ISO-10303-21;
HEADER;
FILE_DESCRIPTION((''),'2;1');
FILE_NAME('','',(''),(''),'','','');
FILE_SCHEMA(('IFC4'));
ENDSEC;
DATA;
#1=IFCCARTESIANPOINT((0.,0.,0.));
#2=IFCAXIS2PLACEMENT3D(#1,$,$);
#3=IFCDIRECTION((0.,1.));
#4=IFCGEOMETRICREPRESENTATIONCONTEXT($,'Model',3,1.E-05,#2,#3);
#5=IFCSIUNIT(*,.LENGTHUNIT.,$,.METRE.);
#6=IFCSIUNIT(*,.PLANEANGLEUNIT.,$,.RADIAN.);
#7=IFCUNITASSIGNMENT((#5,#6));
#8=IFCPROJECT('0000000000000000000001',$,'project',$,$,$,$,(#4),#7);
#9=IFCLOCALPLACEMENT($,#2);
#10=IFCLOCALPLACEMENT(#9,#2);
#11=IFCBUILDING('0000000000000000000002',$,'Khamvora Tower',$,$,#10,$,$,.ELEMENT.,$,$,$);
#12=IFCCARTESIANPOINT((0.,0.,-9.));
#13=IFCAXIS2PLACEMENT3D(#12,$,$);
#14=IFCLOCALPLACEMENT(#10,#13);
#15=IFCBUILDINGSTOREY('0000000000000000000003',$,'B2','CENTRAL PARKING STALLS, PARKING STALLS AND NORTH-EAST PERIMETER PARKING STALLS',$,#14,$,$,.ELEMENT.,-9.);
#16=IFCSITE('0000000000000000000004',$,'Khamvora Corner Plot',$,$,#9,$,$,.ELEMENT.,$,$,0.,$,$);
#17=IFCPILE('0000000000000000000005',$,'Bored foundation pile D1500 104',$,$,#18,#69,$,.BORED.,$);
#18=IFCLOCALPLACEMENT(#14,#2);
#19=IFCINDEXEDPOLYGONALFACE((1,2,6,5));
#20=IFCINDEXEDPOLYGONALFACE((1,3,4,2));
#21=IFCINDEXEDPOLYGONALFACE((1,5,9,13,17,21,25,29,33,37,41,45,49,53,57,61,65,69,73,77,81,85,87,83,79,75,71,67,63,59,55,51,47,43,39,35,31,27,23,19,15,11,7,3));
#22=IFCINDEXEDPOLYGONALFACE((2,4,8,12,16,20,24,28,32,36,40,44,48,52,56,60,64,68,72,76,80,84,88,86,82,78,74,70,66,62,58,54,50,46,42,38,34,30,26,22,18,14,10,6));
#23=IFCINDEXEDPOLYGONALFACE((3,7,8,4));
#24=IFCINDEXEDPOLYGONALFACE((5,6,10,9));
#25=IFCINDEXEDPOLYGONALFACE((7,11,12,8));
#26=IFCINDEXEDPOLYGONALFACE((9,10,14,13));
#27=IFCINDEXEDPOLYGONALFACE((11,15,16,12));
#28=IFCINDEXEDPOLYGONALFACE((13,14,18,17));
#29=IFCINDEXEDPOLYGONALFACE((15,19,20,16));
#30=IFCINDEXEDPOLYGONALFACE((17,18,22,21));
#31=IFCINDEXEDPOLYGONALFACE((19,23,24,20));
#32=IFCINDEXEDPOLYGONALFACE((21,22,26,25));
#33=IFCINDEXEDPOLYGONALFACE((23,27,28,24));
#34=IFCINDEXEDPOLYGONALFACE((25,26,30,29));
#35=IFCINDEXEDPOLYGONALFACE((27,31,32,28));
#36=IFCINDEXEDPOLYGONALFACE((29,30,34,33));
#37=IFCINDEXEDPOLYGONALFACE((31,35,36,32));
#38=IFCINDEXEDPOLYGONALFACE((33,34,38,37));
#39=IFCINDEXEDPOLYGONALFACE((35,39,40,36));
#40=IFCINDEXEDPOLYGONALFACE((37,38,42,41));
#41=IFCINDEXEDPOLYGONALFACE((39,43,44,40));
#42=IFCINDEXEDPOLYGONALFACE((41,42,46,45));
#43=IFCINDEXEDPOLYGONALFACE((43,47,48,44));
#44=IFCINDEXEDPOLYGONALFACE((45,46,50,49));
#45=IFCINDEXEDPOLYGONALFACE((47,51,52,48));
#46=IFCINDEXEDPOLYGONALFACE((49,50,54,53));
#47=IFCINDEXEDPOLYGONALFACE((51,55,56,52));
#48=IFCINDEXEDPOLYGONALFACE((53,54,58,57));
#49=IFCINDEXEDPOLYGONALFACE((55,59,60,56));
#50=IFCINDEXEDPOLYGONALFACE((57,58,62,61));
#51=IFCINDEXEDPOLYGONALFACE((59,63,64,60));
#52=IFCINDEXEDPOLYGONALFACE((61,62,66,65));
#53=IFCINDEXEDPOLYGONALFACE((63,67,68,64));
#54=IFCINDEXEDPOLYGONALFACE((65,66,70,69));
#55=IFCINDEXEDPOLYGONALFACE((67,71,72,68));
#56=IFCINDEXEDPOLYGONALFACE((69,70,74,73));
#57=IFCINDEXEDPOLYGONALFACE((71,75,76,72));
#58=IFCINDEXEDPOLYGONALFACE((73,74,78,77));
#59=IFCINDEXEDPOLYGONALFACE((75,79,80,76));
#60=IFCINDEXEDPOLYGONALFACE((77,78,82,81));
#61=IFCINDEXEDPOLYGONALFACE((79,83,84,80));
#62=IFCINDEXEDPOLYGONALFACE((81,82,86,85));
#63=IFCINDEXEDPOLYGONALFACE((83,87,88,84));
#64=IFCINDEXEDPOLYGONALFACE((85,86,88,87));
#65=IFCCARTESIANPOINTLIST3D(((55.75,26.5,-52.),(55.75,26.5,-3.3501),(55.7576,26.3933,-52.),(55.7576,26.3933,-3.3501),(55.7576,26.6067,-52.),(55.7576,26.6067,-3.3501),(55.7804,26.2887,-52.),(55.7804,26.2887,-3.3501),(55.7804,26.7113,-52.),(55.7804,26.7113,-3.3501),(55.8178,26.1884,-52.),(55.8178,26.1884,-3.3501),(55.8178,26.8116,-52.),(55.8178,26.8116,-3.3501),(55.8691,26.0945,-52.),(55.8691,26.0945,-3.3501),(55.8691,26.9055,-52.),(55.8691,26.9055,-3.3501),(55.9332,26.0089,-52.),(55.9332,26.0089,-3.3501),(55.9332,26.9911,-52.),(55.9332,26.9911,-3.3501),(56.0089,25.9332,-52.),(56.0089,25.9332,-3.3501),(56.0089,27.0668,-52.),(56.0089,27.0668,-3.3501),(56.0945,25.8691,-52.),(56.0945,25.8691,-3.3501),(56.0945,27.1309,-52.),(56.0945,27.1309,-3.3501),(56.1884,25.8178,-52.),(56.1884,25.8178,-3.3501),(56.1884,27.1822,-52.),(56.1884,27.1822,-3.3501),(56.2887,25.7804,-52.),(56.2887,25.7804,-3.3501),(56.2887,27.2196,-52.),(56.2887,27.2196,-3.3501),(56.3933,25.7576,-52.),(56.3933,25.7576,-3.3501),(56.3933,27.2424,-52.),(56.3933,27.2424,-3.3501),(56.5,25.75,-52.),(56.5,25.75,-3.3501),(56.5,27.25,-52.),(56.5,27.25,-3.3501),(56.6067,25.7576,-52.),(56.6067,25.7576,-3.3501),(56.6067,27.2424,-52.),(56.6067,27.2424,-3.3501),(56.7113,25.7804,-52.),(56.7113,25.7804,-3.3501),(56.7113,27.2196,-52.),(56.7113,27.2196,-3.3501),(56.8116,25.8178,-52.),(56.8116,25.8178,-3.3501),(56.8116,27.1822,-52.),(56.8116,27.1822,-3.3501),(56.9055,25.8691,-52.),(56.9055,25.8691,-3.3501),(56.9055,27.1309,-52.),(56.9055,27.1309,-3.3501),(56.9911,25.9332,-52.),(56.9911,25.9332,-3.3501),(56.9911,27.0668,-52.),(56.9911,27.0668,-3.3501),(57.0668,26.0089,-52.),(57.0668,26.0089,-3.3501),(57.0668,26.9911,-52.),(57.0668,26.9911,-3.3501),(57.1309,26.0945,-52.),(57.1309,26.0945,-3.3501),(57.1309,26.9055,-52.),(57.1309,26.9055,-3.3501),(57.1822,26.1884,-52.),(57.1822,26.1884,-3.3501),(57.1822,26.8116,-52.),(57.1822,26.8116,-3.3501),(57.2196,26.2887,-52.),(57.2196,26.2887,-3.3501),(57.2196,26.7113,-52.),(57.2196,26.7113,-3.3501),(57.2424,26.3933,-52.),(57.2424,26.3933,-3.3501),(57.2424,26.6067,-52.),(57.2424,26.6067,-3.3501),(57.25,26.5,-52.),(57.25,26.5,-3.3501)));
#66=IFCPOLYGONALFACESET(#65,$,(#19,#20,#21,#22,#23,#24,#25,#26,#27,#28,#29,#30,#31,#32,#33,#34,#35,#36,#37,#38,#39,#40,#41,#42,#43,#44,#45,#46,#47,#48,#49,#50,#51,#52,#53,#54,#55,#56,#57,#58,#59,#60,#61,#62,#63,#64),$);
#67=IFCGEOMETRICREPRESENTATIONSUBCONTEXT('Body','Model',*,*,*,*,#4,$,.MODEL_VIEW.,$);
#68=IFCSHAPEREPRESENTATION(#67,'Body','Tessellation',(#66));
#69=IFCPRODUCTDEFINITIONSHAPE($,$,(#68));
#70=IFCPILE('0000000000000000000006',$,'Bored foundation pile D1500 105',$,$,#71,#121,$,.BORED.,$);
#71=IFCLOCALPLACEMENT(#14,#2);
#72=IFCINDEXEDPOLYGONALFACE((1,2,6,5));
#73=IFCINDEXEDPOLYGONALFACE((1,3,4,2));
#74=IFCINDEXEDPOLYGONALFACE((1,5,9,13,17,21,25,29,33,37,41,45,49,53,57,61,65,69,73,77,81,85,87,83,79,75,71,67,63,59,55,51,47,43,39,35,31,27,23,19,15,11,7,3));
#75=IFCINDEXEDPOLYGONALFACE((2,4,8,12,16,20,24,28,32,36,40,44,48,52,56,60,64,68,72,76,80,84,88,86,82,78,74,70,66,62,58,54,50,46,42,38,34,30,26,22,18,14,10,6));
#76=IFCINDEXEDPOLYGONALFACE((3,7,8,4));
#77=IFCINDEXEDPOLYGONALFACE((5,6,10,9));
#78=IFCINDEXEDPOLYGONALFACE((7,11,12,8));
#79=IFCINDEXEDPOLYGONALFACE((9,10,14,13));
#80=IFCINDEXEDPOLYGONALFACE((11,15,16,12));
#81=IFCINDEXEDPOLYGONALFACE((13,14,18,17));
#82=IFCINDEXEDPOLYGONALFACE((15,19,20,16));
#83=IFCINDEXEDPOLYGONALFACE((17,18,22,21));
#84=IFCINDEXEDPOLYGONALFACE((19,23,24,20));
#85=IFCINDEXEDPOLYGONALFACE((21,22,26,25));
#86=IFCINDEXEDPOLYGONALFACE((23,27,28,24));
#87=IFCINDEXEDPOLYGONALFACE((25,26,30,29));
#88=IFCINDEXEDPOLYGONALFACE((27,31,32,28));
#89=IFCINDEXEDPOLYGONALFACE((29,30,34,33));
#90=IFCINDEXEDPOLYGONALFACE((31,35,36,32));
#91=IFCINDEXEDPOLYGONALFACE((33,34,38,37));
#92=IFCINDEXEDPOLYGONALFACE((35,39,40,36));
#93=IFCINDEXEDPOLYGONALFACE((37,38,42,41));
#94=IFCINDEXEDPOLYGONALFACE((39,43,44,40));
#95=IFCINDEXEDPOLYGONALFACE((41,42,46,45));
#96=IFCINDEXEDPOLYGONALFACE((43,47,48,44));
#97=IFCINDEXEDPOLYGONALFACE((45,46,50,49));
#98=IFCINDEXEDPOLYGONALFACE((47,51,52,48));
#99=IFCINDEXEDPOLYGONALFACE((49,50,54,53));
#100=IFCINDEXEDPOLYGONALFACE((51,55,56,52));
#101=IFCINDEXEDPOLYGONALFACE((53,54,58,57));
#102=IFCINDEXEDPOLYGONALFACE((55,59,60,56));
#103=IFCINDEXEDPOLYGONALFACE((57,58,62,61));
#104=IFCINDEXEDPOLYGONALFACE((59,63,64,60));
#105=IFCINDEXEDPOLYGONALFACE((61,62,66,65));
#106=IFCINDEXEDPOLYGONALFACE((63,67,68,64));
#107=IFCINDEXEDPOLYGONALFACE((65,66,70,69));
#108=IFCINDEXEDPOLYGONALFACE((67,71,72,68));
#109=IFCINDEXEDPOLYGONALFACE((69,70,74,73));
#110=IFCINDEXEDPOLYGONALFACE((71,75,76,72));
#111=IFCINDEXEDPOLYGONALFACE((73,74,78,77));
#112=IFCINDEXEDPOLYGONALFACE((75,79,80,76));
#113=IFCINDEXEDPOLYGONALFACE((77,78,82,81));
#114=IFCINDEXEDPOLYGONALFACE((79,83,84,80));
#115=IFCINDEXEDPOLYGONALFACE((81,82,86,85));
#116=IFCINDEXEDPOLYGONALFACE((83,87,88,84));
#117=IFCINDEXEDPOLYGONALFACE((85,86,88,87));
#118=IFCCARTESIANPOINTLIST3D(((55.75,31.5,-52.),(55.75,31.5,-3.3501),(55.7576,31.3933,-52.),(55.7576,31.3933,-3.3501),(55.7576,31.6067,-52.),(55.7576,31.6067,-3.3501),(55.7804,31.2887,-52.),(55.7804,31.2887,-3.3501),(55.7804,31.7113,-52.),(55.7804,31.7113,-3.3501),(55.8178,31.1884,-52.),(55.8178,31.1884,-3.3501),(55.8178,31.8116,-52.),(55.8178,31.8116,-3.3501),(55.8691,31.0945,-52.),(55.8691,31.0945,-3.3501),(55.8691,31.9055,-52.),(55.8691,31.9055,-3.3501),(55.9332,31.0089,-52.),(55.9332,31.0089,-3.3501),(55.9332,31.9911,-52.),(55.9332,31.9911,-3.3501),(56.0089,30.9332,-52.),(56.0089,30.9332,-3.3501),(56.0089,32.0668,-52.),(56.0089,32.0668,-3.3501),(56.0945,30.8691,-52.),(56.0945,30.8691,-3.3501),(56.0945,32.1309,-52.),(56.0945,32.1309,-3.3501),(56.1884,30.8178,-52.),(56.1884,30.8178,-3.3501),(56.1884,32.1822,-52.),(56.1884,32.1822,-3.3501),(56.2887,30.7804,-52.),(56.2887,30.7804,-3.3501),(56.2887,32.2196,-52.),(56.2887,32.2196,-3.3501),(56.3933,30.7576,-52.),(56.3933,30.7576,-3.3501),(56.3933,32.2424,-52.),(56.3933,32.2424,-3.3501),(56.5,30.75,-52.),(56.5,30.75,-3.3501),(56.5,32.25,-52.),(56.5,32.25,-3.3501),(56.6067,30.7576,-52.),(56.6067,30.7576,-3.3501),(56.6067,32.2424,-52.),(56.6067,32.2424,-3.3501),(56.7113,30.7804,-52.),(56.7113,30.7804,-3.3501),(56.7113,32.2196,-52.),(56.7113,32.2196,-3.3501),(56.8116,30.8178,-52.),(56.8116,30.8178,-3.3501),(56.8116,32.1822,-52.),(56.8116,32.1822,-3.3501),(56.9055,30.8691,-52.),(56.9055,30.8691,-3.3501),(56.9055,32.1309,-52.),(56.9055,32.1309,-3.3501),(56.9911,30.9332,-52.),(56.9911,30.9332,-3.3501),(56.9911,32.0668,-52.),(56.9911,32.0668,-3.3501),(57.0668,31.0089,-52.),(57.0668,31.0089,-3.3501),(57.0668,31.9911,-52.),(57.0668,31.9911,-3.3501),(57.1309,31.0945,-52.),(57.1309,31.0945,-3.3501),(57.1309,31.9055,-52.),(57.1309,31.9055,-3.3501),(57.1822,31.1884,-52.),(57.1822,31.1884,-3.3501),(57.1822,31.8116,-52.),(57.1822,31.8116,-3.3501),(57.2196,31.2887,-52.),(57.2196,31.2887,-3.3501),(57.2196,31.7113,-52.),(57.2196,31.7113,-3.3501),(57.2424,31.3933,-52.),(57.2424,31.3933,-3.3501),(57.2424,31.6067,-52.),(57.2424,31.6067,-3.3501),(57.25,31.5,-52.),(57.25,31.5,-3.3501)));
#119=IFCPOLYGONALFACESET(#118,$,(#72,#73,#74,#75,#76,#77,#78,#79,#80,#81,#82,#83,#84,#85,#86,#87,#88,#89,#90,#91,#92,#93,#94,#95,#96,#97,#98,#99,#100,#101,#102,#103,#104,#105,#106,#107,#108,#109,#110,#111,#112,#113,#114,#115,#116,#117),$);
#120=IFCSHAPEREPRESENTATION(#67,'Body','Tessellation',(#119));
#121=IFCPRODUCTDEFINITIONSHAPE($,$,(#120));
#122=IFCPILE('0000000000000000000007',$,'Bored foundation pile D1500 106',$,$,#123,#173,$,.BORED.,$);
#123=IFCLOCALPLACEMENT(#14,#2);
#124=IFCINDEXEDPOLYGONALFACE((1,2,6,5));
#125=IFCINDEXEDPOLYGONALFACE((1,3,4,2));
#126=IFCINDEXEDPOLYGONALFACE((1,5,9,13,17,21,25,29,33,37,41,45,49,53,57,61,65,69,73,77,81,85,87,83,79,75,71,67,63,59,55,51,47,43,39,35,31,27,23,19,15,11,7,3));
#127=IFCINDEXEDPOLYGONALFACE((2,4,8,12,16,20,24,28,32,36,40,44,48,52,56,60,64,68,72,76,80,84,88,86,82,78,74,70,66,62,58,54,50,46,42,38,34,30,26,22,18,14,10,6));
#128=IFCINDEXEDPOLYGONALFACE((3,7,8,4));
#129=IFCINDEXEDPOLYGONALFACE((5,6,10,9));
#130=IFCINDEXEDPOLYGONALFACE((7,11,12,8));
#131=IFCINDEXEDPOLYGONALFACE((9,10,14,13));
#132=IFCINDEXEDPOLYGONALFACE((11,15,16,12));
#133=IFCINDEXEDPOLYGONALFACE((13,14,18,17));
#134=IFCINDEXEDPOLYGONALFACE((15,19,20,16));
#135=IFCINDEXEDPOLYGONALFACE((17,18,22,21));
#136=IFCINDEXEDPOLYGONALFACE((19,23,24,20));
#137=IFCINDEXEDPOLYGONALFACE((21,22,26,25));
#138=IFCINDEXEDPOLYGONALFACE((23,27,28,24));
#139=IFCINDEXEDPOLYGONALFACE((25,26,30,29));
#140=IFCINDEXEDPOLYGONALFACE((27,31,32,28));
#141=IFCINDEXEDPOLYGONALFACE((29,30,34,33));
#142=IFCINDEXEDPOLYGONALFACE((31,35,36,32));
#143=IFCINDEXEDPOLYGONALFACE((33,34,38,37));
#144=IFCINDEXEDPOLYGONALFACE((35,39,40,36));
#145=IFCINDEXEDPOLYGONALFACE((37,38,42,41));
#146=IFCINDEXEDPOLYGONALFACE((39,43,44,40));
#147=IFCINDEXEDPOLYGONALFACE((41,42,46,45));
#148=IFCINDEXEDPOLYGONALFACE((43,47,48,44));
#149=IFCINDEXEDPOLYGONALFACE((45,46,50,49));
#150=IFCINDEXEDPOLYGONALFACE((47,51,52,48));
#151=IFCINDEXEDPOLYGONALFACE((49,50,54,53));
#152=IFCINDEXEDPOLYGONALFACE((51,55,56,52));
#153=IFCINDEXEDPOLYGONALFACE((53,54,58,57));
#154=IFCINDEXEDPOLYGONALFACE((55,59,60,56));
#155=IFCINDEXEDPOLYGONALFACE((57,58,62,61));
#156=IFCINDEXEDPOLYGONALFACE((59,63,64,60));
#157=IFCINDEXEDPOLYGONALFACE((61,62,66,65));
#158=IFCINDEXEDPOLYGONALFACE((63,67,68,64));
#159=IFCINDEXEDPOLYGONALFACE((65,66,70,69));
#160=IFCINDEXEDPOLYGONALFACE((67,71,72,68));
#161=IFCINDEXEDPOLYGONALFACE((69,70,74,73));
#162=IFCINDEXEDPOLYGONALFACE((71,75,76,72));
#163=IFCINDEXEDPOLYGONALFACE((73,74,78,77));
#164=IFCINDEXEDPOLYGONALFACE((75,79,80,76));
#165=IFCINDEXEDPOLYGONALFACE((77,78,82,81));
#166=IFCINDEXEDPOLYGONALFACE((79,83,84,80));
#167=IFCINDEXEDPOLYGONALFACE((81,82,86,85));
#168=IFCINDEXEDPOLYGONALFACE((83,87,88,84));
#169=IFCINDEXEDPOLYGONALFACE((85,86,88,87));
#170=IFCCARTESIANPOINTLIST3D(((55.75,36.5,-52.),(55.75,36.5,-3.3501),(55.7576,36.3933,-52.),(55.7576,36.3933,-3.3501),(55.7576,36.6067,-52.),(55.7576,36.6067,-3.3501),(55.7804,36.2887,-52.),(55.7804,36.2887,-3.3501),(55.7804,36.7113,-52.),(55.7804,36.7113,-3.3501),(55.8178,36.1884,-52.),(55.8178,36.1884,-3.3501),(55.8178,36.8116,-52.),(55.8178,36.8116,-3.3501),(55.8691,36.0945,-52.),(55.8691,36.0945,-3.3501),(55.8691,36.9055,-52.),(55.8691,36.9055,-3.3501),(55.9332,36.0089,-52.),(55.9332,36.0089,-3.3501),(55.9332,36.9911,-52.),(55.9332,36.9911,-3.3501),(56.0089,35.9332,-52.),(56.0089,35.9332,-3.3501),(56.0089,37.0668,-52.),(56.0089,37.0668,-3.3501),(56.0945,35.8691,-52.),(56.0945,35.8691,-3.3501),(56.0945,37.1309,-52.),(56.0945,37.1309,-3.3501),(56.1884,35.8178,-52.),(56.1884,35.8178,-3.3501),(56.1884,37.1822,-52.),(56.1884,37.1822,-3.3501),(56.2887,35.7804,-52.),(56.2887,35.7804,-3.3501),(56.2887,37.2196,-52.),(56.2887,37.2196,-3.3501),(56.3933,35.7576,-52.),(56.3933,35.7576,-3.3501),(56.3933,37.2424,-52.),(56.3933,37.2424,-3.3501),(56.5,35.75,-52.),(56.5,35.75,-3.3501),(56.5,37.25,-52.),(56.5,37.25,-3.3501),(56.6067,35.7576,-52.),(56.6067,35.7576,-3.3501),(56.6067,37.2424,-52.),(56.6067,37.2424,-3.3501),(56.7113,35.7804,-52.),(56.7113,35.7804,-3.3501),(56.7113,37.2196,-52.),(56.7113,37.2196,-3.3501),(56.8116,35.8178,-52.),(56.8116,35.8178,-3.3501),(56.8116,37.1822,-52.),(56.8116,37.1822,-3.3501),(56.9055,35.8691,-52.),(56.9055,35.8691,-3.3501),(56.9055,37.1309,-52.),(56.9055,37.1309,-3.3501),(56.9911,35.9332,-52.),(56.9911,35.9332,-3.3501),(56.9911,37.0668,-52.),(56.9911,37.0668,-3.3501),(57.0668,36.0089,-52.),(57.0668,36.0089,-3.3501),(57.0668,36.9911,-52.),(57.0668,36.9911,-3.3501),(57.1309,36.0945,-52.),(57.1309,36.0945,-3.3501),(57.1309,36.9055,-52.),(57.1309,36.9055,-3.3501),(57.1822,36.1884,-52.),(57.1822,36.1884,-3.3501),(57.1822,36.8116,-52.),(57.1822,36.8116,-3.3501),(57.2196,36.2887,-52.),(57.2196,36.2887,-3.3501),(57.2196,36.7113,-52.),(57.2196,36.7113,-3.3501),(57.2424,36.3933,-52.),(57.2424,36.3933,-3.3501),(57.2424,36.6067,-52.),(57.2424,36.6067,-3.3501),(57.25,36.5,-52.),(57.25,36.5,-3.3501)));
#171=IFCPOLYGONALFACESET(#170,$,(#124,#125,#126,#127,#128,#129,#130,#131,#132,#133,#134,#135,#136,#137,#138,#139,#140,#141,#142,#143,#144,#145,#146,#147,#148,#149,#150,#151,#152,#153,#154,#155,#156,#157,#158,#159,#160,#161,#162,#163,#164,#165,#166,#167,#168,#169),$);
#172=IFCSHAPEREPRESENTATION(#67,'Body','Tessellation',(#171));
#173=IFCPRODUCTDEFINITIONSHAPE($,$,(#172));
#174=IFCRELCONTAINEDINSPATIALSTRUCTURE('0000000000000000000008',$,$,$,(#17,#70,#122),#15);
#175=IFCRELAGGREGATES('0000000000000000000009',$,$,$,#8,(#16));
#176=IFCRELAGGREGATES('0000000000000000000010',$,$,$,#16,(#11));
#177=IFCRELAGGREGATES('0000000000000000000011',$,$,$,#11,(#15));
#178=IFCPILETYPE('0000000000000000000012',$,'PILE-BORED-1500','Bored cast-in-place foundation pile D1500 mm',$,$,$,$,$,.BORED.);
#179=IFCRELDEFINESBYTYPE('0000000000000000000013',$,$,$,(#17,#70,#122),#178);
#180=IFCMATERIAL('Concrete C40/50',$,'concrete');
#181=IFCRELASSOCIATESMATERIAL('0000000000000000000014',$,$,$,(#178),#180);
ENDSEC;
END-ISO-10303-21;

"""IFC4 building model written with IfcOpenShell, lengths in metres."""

from ifc_helpers import new_model, si_unit, direction, frame, origin, origin_2d, place, context, subcontext, project, spatial, circle, extrude, material, material_profile, profile_set, type_object, element, save


model = new_model("IFC4")

# Units and contexts
model_context = context("Model", 3, precision=1e-05, world=origin(), true_north=direction((0.0, 1.0)))
body_context = subcontext(model_context, "Body", "Model", "MODEL_VIEW")
ifc_project = project(units=[si_unit("LENGTHUNIT", "METRE"), si_unit("PLANEANGLEUNIT", "RADIAN")], contexts=[model_context])

# Site, building, storey
site_placement = place(None, origin())
site = spatial("IfcSite", under=ifc_project, at=site_placement, Name="Khamvora Corner Plot", CompositionType="ELEMENT", RefElevation=0.0)
building_placement = place(site_placement, origin())
building = spatial("IfcBuilding", under=site, at=building_placement, Name="Khamvora Tower", CompositionType="ELEMENT")
storey_placement = place(building_placement, frame((0.0, 0.0, -9.0)))
storey = spatial("IfcBuildingStorey", under=building, at=storey_placement, Name="B2", Description="CENTRAL PARKING STALLS, PARKING STALLS AND NORTH-EAST PERIMETER PARKING STALLS", CompositionType="ELEMENT", Elevation=-9.0)

# Piles
ifc_material_1 = material(Name="Concrete C40/50", Category="concrete")
ifc_material_profile_1 = material_profile(ifc_material_1, circle(Radius=0.75, at=origin_2d()), Name="PILE_D1500")
ifc_profile_set_1 = profile_set([ifc_material_profile_1], Name="Concrete C40/50")
pile_type = type_object("IfcPileType", Name="PILE-BORED-1500", Description="Bored cast-in-place foundation pile D1500 mm", PredefinedType="BORED", material=ifc_profile_set_1)
for number, where, z_axis, x_axis, name in (
    (1, (56.5, 26.5, -3.3501), (0.0, 0.0, -1.0), (1.0, 0.0, 0.0), "Bored foundation pile D1500 104"),
    (2, (56.5, 31.5, -3.3501), (0.0, 0.0, -1.0), (1.0, 0.0, 0.0), "Bored foundation pile D1500 105"),
    (3, (56.5, 36.5, -3.3501), (0.0, 0.0, -1.0), (1.0, 0.0, 0.0), "Bored foundation pile D1500 106"),
):
    element("IfcPile", number, at=place(storey_placement, frame(where, z_axis=z_axis, x_axis=x_axis)), inside=storey, type_object=pile_type, Name=name, PredefinedType="BORED", context=body_context, shape_type="SweptSolid", body=[
        extrude(circle(Radius=0.75, at=origin_2d()), origin(), (0.0, 0.0, 1.0), 48.6499),
    ])

save(model, "model.ifc")
